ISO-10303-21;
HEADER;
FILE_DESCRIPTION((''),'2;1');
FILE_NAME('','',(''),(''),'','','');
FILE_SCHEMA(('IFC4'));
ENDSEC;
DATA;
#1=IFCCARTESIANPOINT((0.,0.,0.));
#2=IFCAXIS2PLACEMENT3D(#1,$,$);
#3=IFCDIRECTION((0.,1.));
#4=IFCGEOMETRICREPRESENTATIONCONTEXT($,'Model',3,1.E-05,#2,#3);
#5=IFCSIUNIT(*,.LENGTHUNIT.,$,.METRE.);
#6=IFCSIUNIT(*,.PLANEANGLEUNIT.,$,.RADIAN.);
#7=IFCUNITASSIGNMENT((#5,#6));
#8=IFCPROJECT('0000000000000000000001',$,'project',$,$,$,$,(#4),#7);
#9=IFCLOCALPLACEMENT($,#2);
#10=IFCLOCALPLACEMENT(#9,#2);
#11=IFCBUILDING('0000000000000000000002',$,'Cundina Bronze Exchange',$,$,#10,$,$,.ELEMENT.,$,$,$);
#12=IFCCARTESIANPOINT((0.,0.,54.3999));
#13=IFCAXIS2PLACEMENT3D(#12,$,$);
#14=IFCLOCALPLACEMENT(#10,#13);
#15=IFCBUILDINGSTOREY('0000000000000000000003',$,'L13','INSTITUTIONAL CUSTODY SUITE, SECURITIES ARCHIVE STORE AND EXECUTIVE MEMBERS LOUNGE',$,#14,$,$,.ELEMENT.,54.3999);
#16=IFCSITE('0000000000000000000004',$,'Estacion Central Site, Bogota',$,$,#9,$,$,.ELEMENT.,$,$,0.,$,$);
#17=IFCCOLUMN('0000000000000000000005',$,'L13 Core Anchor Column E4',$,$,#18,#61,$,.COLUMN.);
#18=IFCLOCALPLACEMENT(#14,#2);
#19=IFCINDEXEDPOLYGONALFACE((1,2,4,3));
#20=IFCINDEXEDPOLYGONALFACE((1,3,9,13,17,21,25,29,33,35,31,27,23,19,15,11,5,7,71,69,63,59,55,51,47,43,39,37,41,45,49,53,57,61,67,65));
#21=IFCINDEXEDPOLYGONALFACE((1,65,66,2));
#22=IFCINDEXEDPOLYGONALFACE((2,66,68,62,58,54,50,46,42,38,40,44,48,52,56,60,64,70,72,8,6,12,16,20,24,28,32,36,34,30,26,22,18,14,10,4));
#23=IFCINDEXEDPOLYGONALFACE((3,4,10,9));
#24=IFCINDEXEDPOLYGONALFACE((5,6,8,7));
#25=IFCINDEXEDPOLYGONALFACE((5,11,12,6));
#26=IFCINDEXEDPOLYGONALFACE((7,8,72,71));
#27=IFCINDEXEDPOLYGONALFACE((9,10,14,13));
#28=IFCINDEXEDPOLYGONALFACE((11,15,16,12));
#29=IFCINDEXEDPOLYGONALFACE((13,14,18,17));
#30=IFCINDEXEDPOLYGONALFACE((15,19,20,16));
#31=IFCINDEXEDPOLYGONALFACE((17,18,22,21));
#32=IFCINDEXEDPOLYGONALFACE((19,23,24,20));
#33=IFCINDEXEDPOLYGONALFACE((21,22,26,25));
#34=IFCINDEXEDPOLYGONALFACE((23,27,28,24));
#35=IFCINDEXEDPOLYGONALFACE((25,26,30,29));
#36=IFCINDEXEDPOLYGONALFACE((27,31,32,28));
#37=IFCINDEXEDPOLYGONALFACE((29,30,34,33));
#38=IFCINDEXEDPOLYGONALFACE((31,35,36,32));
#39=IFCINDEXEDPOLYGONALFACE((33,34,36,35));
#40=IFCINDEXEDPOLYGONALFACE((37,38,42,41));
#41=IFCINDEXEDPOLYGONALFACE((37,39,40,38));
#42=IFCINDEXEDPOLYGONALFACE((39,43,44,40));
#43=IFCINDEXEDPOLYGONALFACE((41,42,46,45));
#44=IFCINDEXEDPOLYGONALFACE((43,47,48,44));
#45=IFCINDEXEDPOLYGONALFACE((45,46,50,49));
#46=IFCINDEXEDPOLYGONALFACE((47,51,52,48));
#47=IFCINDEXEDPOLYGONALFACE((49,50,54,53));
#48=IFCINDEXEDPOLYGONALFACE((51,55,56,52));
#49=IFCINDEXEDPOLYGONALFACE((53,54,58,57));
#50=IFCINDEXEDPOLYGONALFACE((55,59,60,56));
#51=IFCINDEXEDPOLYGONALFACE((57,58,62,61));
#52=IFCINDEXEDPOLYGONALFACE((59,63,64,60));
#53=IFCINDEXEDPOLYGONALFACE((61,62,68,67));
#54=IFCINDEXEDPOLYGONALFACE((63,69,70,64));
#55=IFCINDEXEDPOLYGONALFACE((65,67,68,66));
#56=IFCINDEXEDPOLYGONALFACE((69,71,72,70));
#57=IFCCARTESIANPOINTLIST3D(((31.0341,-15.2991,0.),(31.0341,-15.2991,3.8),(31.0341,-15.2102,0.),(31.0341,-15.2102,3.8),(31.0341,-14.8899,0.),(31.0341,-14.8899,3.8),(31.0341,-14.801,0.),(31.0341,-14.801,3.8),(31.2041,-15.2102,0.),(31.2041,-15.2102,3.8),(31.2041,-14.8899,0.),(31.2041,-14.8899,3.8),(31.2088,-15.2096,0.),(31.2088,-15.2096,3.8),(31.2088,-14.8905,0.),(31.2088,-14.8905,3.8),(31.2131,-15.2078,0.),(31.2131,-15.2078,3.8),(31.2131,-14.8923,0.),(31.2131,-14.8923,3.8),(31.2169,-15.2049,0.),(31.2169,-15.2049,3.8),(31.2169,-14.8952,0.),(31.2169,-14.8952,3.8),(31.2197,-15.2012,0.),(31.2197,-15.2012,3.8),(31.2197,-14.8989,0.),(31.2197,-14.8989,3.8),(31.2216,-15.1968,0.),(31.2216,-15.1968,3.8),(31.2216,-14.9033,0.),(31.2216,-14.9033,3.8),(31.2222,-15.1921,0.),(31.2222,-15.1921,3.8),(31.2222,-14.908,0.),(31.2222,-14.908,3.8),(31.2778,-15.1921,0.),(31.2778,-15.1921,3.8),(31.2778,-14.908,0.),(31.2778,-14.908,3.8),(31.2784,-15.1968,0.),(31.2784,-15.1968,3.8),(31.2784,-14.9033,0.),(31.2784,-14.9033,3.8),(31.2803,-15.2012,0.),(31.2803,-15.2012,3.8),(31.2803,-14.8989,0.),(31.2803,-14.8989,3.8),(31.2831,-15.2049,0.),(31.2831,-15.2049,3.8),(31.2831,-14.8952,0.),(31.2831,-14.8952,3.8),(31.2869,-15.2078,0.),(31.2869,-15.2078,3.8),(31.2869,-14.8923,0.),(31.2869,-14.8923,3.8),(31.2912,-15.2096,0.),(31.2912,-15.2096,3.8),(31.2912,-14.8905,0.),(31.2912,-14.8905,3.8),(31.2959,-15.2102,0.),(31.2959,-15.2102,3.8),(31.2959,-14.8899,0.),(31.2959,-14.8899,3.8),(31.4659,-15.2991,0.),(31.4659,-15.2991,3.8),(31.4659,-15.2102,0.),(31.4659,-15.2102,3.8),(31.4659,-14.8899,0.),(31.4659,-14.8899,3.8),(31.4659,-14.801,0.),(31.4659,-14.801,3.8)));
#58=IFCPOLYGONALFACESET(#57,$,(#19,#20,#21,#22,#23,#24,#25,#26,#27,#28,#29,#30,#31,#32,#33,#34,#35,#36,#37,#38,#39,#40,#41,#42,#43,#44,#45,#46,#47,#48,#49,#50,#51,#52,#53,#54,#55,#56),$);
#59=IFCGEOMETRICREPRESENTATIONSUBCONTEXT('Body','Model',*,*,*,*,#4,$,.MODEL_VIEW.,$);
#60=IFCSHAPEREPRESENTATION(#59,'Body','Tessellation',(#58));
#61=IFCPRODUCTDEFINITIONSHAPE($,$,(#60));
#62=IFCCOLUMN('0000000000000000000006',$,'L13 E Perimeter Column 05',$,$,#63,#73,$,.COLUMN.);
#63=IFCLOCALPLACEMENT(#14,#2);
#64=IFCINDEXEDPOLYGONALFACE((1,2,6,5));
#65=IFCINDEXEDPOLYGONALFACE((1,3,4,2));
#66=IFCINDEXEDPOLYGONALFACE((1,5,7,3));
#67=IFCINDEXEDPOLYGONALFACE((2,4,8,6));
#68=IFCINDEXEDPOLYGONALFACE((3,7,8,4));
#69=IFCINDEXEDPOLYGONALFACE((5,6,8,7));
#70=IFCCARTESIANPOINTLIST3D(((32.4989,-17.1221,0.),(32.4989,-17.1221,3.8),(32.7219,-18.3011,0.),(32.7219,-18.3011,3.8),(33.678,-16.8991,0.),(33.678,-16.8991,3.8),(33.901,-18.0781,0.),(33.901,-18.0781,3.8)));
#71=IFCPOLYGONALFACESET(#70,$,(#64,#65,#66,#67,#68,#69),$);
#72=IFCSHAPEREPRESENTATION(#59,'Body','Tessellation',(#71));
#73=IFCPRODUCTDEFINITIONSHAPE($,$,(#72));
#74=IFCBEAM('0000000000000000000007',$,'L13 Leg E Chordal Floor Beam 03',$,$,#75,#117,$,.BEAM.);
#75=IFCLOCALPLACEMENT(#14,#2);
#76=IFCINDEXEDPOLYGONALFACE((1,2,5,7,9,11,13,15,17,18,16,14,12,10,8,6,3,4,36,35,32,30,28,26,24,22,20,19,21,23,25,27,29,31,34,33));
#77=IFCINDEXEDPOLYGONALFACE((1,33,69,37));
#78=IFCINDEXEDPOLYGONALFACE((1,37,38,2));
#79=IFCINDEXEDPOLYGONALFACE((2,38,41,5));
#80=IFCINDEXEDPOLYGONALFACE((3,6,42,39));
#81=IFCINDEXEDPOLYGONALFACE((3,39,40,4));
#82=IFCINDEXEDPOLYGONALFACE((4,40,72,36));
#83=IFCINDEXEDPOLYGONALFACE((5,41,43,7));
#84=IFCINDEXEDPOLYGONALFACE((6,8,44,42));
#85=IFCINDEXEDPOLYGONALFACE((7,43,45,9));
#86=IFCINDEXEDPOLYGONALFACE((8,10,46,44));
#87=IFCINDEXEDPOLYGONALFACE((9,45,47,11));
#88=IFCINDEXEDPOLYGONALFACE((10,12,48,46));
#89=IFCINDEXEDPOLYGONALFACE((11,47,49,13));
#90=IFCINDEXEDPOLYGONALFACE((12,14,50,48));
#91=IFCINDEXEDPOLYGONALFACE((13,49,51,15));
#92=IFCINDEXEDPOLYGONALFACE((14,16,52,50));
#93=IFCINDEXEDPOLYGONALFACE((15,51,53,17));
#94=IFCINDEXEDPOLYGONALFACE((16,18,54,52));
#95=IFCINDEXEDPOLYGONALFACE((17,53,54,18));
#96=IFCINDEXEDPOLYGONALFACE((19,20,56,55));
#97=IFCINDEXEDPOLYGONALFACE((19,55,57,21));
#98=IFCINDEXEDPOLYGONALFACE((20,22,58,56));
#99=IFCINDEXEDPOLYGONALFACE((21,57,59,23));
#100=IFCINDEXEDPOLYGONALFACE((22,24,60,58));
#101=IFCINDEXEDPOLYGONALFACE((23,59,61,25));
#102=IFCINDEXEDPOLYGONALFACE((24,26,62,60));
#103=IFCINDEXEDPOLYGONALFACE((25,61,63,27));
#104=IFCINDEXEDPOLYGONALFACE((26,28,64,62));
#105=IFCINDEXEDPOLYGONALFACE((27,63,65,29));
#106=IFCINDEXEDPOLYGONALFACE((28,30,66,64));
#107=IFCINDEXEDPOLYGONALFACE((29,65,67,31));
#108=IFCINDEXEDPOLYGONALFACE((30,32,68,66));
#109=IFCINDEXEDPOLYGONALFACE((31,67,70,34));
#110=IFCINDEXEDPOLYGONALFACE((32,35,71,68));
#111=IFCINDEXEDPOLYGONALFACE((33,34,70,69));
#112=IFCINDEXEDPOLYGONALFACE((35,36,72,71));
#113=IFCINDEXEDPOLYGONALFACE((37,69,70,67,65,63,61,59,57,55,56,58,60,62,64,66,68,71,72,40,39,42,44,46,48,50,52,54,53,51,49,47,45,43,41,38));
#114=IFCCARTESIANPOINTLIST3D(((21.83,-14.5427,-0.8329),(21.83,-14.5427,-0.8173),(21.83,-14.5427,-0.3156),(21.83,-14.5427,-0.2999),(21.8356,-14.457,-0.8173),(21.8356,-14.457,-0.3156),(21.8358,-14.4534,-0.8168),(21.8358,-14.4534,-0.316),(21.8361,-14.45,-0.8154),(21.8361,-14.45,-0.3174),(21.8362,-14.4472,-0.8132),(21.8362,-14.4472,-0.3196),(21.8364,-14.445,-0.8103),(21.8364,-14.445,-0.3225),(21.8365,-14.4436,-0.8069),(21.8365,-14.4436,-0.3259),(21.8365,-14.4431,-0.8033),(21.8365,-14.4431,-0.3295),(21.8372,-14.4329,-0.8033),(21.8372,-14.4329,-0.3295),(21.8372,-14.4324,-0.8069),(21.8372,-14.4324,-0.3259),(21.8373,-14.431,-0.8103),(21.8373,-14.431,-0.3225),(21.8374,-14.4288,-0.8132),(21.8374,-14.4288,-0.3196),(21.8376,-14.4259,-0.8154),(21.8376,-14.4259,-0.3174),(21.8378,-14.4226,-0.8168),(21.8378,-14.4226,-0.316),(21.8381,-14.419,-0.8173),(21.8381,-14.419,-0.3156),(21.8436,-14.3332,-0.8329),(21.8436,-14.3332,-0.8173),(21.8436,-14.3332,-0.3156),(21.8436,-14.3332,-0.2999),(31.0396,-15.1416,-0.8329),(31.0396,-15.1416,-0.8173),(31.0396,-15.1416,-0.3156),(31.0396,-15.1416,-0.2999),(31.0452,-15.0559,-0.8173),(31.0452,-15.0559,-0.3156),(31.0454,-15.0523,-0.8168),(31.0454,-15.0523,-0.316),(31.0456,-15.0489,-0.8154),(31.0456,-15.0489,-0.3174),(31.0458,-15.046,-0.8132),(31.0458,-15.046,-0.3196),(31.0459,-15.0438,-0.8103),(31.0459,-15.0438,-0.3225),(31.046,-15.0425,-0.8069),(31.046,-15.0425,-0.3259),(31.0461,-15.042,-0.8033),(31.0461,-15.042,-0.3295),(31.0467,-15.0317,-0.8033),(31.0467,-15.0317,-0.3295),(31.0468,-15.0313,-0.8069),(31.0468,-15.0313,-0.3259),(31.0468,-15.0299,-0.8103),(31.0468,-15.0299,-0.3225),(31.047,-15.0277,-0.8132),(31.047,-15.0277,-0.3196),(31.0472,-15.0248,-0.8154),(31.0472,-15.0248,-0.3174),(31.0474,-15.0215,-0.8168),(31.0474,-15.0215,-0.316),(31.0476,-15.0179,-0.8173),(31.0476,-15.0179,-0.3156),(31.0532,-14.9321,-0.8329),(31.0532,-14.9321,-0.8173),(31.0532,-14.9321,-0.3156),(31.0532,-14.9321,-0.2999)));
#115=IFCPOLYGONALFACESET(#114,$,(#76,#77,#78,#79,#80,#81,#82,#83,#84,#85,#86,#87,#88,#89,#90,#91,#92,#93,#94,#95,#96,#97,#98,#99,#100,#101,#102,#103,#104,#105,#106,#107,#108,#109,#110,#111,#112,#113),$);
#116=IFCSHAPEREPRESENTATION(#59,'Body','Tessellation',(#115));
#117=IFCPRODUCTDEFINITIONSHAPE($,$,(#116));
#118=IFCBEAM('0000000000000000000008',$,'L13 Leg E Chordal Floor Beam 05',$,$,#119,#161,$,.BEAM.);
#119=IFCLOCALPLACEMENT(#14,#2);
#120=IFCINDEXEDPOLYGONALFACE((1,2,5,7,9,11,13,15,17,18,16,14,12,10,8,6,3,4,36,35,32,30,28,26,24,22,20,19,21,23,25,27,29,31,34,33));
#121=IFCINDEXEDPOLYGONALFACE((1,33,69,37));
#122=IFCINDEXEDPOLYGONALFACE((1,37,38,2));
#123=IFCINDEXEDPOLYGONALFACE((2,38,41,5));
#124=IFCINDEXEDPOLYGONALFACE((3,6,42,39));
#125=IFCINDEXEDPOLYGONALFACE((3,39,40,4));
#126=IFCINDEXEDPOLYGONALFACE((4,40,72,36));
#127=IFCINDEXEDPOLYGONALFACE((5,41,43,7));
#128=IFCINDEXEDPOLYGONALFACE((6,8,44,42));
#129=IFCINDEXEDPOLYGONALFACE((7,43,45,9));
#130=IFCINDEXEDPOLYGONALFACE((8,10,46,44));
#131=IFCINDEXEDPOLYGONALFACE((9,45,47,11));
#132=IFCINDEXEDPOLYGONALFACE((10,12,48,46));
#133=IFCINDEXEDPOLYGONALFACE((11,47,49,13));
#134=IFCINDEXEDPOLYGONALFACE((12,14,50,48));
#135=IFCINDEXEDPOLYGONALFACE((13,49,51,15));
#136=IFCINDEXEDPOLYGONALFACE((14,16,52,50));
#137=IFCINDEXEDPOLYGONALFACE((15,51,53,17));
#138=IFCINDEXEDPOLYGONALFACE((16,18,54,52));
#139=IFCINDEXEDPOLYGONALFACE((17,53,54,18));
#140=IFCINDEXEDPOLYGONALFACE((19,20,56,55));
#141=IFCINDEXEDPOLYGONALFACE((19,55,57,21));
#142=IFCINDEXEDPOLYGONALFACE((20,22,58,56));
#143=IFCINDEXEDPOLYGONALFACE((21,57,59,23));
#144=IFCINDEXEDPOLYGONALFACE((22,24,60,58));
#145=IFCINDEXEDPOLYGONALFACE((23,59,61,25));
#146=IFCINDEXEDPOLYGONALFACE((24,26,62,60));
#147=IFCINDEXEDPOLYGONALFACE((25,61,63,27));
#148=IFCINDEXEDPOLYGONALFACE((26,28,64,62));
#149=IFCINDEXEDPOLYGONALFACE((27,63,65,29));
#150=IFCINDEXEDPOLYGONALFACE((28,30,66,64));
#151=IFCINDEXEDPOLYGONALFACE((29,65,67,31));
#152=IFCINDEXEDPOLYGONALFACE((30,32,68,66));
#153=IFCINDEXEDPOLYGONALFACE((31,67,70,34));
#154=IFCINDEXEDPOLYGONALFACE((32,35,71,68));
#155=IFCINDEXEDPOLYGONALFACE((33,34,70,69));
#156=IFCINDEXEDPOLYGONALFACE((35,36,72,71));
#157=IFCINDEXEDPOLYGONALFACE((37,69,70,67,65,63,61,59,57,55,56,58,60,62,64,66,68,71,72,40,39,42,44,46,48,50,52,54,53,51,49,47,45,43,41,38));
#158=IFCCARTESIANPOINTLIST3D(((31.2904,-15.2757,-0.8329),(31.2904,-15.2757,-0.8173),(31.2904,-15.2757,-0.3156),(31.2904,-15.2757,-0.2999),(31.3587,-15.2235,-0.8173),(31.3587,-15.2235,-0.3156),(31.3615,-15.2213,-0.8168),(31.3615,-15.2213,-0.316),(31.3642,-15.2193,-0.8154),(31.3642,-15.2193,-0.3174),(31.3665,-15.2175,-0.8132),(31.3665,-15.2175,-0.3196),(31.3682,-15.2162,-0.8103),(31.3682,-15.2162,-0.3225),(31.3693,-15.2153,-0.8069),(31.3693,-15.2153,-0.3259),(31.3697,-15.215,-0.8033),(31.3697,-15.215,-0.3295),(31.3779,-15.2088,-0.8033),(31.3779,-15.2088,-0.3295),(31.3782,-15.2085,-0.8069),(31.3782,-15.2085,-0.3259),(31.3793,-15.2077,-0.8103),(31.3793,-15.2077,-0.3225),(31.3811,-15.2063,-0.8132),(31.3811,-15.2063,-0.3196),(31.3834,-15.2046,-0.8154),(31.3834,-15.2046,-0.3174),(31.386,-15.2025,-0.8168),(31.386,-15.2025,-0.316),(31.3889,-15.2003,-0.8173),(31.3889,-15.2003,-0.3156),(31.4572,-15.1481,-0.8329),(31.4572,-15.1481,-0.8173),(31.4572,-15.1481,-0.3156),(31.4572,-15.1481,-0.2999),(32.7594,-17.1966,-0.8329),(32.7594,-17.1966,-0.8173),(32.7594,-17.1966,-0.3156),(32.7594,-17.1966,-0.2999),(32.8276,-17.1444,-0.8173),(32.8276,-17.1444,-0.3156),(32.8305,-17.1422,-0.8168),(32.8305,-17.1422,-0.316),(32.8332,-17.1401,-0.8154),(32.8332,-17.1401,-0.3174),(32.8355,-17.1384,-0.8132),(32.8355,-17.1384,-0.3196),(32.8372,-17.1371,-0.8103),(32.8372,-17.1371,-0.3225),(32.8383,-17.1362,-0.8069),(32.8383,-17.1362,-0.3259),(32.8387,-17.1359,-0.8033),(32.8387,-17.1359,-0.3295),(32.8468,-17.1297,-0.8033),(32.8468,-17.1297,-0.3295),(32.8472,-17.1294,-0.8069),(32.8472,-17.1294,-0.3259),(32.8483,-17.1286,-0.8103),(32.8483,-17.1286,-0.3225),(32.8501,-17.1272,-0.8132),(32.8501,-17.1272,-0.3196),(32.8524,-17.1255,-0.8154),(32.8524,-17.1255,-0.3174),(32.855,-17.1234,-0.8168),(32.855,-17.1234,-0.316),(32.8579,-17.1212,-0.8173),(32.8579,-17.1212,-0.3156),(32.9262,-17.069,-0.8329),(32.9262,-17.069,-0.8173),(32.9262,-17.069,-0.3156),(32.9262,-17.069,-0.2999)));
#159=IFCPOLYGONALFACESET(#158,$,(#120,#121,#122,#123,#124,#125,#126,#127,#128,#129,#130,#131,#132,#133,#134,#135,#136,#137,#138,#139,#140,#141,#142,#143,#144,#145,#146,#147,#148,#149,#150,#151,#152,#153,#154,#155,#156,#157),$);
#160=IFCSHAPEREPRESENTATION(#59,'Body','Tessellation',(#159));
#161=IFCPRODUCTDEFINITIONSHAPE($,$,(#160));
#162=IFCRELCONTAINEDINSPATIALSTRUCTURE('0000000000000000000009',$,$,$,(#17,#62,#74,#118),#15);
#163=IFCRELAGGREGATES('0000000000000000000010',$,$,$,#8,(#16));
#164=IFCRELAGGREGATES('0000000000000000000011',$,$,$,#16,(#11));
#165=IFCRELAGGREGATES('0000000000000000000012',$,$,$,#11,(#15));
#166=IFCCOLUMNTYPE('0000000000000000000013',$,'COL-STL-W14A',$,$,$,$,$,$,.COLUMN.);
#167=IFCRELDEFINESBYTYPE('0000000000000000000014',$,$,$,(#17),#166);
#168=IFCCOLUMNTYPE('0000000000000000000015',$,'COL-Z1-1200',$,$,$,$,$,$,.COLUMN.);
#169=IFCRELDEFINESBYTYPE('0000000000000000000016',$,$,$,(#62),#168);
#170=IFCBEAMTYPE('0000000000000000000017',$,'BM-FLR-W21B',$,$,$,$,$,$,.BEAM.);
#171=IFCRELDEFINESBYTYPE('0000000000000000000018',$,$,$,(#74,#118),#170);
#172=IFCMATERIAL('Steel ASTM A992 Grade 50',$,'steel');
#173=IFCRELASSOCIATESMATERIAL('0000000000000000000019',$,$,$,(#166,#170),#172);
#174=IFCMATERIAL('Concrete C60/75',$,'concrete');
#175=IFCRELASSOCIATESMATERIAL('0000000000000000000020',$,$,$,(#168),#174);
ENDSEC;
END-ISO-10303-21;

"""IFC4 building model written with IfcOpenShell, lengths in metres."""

from ifc_helpers import new_model, si_unit, direction, frame, origin, origin_2d, place, context, subcontext, project, spatial, rectangle, i_section, extrude, material, material_profile, profile_set, type_object, element, save


model = new_model("IFC4")

# Units and contexts
model_context = context("Model", 3, precision=1e-05, world=origin(), true_north=direction((0.0, 1.0)))
body_context = subcontext(model_context, "Body", "Model", "MODEL_VIEW")
ifc_project = project(units=[si_unit("LENGTHUNIT", "METRE"), si_unit("PLANEANGLEUNIT", "RADIAN")], contexts=[model_context])

# Site, building, storey
site_placement = place(None, origin())
site = spatial("IfcSite", under=ifc_project, at=site_placement, Name="Estacion Central Site, Bogota", CompositionType="ELEMENT", RefElevation=0.0)
building_placement = place(site_placement, origin())
building = spatial("IfcBuilding", under=site, at=building_placement, Name="Cundina Bronze Exchange", CompositionType="ELEMENT")
storey_placement = place(building_placement, frame((0.0, 0.0, 54.3999)))
storey = spatial("IfcBuildingStorey", under=building, at=storey_placement, Name="L13", Description="INSTITUTIONAL CUSTODY SUITE, SECURITIES ARCHIVE STORE AND EXECUTIVE MEMBERS LOUNGE", CompositionType="ELEMENT", Elevation=54.3999)

# Columns
ifc_material_1 = material(Name="Steel ASTM A992 Grade 50", Category="steel")
ifc_material_profile_1 = material_profile(ifc_material_1, i_section(OverallWidth=0.4319, OverallDepth=0.498, WebThickness=0.0557, FlangeThickness=0.0889, FilletRadius=0.0181, at=origin_2d()), Name="W14X500", Category="steel")
ifc_profile_set_1 = profile_set([ifc_material_profile_1], Name="Steel ASTM A992 Grade 50")
column_type_1 = type_object("IfcColumnType", Name="COL-STL-W14A", PredefinedType="COLUMN", material=ifc_profile_set_1)
column_1_placement = place(storey_placement, frame((31.25, -15.05, 0.0), z_axis=(0.0, 0.0, 1.0), x_axis=(1.0, 0.0, 0.0)))
element("IfcColumn", 1, at=column_1_placement, inside=storey, type_object=column_type_1, Name="L13 Core Anchor Column E4", PredefinedType="COLUMN", context=body_context, shape_type="SweptSolid", body=[
    extrude(i_section(OverallWidth=0.4319, OverallDepth=0.498, WebThickness=0.0557, FlangeThickness=0.0889, FilletRadius=0.0181, at=origin_2d()), origin(), (0.0, 0.0, 1.0), 3.8),
])
ifc_material_2 = material(Name="Concrete C60/75", Category="concrete")
ifc_material_profile_2 = material_profile(ifc_material_2, rectangle(XDim=1.2, YDim=1.2, at=origin_2d()), Name="RC1200X1200", Category="concrete")
ifc_profile_set_2 = profile_set([ifc_material_profile_2], Name="Concrete C60/75")
column_type_2 = type_object("IfcColumnType", Name="COL-Z1-1200", PredefinedType="COLUMN", material=ifc_profile_set_2)
column_2_placement = place(storey_placement, frame((33.2, -17.6001, 0.0), z_axis=(0.0, 0.0, 1.0), x_axis=(0.98258, 0.185838, 0.0)))
element("IfcColumn", 2, at=column_2_placement, inside=storey, type_object=column_type_2, Name="L13 E Perimeter Column 05", PredefinedType="COLUMN", context=body_context, shape_type="SweptSolid", body=[
    extrude(rectangle(XDim=1.2, YDim=1.2, at=origin_2d()), origin(), (0.0, 0.0, 1.0), 3.8),
])

# Beams
ifc_material_profile_3 = material_profile(ifc_material_1, i_section(OverallWidth=0.21, OverallDepth=0.533, WebThickness=0.0103, FlangeThickness=0.0156, FilletRadius=0.0139, at=origin_2d()), Name="W21X62", Category="steel")
ifc_profile_set_3 = profile_set([ifc_material_profile_3], Name="Steel ASTM A992 Grade 50")
beam_type_1 = type_object("IfcBeamType", Name="BM-FLR-W21B", PredefinedType="BEAM", material=ifc_profile_set_3)
beam_1_placement = place(storey_placement, frame((31.0464, -15.0369, -0.5664), z_axis=(-0.997892, 0.064891, 0.0), x_axis=(-0.064891, -0.997892, 0.0)))
element("IfcBeam", 3, at=beam_1_placement, inside=storey, type_object=beam_type_1, Name="L13 Leg E Chordal Floor Beam 03", PredefinedType="BEAM", context=body_context, shape_type="SweptSolid", body=[
    extrude(i_section(OverallWidth=0.21, OverallDepth=0.533, WebThickness=0.0103, FlangeThickness=0.0156, FilletRadius=0.0139, at=origin_2d()), origin(), (0.0, 0.0, 1.0), 9.229),
])
beam_2_placement = place(storey_placement, frame((31.3738, -15.2119, -0.5664), z_axis=(0.607469, -0.794344, 0.0), x_axis=(0.794344, 0.607469, 0.0)))
element("IfcBeam", 4, at=beam_2_placement, inside=storey, type_object=beam_type_1, Name="L13 Leg E Chordal Floor Beam 05", PredefinedType="BEAM", context=body_context, shape_type="SweptSolid", body=[
    extrude(i_section(OverallWidth=0.21, OverallDepth=0.533, WebThickness=0.0103, FlangeThickness=0.0156, FilletRadius=0.0139, at=origin_2d()), origin(), (0.0, 0.0, 1.0), 2.4182),
])

save(model, "model.ifc")
